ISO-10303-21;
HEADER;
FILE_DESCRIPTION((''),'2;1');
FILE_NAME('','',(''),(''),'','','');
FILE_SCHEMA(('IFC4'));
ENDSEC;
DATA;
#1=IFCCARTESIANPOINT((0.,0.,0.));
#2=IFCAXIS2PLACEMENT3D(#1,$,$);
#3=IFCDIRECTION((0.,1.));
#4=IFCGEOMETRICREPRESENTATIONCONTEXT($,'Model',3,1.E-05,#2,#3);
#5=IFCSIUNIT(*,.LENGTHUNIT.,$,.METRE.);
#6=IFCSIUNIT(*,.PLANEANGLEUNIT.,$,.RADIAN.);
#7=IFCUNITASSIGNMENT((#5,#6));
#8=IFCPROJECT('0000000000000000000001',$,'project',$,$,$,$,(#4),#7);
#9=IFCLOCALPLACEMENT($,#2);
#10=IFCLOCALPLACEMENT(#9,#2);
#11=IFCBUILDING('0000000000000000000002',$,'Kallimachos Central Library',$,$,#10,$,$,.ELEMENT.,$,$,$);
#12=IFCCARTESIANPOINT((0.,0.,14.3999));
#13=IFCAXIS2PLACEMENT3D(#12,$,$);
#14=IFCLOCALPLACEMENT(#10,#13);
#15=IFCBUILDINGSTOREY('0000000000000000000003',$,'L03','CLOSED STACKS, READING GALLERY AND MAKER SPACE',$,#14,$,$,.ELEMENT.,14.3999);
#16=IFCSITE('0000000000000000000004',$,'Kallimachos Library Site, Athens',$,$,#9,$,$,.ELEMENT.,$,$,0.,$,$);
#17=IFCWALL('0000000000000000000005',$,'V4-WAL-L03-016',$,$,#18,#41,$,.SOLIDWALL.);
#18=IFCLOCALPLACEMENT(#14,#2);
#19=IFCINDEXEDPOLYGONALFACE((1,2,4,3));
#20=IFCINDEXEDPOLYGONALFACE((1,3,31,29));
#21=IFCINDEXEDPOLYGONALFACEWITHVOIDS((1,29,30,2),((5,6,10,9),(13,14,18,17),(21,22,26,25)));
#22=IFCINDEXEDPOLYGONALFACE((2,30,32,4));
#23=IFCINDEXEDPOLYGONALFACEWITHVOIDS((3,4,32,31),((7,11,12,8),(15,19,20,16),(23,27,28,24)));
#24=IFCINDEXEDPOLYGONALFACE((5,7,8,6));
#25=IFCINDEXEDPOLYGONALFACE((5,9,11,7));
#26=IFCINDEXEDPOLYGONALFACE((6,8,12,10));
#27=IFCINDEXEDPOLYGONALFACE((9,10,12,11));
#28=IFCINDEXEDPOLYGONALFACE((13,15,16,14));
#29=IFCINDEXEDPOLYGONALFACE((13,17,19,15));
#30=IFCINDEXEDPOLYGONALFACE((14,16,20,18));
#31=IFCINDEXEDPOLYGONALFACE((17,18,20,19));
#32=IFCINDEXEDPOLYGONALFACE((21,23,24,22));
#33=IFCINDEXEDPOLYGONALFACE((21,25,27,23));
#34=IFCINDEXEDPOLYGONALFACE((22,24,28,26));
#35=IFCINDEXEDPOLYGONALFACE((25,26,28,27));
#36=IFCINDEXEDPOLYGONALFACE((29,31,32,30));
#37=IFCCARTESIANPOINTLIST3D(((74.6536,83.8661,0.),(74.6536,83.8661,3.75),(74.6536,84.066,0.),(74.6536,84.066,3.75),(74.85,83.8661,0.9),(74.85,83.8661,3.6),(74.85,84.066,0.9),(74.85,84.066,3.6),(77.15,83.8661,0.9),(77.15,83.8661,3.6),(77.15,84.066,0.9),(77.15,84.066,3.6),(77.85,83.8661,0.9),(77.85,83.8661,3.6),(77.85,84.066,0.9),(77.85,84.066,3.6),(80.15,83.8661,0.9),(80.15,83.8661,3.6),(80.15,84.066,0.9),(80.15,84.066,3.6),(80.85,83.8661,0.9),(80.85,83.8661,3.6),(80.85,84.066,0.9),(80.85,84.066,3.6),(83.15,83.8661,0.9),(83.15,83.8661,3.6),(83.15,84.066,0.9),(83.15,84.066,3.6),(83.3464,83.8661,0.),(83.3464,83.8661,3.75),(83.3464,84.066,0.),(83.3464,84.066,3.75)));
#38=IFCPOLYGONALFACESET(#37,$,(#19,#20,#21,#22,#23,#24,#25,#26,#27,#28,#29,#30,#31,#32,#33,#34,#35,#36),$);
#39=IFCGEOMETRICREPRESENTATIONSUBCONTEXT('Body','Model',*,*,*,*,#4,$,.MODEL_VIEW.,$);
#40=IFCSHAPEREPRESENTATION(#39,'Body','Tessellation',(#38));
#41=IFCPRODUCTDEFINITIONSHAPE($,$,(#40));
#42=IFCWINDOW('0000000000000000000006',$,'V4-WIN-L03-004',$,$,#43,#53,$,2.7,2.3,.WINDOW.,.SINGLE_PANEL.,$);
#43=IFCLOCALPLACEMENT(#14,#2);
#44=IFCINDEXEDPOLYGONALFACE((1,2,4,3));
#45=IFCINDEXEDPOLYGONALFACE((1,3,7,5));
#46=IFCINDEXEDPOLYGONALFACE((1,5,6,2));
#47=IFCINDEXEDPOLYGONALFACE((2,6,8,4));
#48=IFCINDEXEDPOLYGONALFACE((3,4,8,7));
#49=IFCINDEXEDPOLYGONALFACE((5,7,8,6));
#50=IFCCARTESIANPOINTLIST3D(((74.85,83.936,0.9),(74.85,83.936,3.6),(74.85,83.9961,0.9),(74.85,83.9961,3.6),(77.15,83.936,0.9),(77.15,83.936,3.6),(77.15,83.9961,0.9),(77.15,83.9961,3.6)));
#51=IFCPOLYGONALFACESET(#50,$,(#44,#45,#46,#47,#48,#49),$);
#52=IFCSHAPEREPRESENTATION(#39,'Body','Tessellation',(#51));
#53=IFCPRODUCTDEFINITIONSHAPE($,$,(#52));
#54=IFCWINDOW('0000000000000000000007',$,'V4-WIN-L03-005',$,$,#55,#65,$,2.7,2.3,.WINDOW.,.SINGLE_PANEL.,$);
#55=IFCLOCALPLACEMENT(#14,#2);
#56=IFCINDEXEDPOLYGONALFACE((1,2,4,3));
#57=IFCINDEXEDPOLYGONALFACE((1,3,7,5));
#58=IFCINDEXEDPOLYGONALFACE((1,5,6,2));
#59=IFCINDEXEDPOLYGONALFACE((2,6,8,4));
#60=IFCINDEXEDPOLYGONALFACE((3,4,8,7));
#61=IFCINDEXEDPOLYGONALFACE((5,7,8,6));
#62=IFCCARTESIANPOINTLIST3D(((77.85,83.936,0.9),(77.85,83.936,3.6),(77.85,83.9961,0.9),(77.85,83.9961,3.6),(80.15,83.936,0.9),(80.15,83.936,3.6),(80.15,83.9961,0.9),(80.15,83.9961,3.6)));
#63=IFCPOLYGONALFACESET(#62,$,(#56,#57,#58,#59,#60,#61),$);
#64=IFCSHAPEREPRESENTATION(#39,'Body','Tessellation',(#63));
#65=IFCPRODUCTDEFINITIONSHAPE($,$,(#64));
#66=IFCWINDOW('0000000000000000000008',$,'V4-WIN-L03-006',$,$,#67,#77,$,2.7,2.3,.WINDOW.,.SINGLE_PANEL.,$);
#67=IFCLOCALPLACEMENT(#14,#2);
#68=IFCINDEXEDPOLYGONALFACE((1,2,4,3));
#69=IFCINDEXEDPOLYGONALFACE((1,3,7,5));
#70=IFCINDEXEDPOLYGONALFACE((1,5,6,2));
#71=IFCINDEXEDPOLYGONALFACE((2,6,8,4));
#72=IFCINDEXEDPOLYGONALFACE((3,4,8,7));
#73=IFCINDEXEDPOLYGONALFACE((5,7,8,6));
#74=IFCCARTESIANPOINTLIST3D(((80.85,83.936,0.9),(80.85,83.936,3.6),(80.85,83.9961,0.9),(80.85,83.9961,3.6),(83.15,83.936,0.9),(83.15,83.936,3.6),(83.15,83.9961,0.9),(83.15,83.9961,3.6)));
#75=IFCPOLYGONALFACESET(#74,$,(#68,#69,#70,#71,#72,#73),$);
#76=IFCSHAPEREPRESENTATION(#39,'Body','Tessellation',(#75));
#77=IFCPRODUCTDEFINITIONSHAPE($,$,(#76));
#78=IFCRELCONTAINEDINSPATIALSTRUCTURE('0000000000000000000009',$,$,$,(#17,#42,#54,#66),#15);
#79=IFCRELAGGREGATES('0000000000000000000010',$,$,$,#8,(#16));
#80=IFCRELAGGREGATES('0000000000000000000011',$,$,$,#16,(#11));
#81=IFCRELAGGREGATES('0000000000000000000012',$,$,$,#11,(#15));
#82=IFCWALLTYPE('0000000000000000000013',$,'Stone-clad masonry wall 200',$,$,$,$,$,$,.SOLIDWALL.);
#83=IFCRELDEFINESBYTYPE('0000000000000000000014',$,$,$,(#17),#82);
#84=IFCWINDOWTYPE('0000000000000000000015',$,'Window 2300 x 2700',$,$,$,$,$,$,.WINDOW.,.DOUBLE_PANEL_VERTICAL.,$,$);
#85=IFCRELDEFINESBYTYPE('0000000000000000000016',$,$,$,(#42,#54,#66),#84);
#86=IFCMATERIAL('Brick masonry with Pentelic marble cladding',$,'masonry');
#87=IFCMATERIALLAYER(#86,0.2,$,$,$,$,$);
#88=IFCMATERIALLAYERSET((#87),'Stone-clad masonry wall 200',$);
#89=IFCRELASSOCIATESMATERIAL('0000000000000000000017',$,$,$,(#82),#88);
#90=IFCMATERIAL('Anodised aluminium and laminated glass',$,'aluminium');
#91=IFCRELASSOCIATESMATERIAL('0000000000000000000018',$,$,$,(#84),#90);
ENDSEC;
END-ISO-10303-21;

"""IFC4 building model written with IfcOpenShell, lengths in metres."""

from ifc_helpers import new_model, si_unit, direction, frame, frame_2d, origin, place, context, subcontext, project, spatial, rectangle, extrude, material, layer, layer_set, type_object, element, fill, save


model = new_model("IFC4")

# Units and contexts
model_context = context("Model", 3, precision=1e-05, world=origin(), true_north=direction((0.0, 1.0)))
body_context = subcontext(model_context, "Body", "Model", "MODEL_VIEW")
ifc_project = project(units=[si_unit("LENGTHUNIT", "METRE"), si_unit("PLANEANGLEUNIT", "RADIAN")], contexts=[model_context])

# Site, building, storey
site_placement = place(None, origin())
site = spatial("IfcSite", under=ifc_project, at=site_placement, Name="Kallimachos Library Site, Athens", CompositionType="ELEMENT", RefElevation=0.0)
building_placement = place(site_placement, origin())
building = spatial("IfcBuilding", under=site, at=building_placement, Name="Kallimachos Central Library", CompositionType="ELEMENT")
storey_placement = place(building_placement, frame((0.0, 0.0, 14.3999)))
storey = spatial("IfcBuildingStorey", under=building, at=storey_placement, Name="L03", Description="CLOSED STACKS, READING GALLERY AND MAKER SPACE", CompositionType="ELEMENT", Elevation=14.3999)

# Wall, openings, windows
ifc_material_1 = material(Name="Brick masonry with Pentelic marble cladding", Category="masonry")
ifc_layer_1 = layer(ifc_material_1, 0.2)
ifc_layer_set_1 = layer_set([ifc_layer_1], Name="Stone-clad masonry wall 200")
wall_type_1 = type_object("IfcWallType", Name="Stone-clad masonry wall 200", PredefinedType="SOLIDWALL", material=ifc_layer_set_1)
wall_1_placement = place(storey_placement, frame((74.6536, 83.9661, 0.0), z_axis=(0.0, 0.0, 1.0), x_axis=(1.0, 0.0, 0.0)))
wall_1 = element("IfcWall", 1, at=wall_1_placement, inside=storey, type_object=wall_type_1, Name="V4-WAL-L03-016", PredefinedType="SOLIDWALL", context=body_context, shape_type="SweptSolid", body=[
    extrude(rectangle(XDim=8.6929, YDim=0.2, at=frame_2d((4.3464, 0.0))), origin(), (0.0, 0.0, 1.0), 3.75),
])
opening_1_placement = place(wall_1_placement, frame((0.1965, 0.0, 0.8999)))
opening_1 = element("IfcOpeningElement", 2, at=opening_1_placement, cuts=wall_1, PredefinedType="OPENING", context=body_context, shape_type="SweptSolid", body=[
    extrude(rectangle(XDim=2.3, YDim=2.7, at=frame_2d((1.1499, 1.3501))), frame((0.0, 0.1099, 0.0), z_axis=(0.0, -1.0, 0.0), x_axis=(1.0, 0.0, 0.0)), (0.0, 0.0, 1.0), 0.22),
])
opening_2_placement = place(wall_1_placement, frame((3.1965, 0.0, 0.8999)))
opening_2 = element("IfcOpeningElement", 3, at=opening_2_placement, cuts=wall_1, PredefinedType="OPENING", context=body_context, shape_type="SweptSolid", body=[
    extrude(rectangle(XDim=2.3, YDim=2.7, at=frame_2d((1.1499, 1.3501))), frame((0.0, 0.1099, 0.0), z_axis=(0.0, -1.0, 0.0), x_axis=(1.0, 0.0, 0.0)), (0.0, 0.0, 1.0), 0.22),
])
opening_3_placement = place(wall_1_placement, frame((6.1965, 0.0, 0.8999)))
opening_3 = element("IfcOpeningElement", 4, at=opening_3_placement, cuts=wall_1, PredefinedType="OPENING", context=body_context, shape_type="SweptSolid", body=[
    extrude(rectangle(XDim=2.3, YDim=2.7, at=frame_2d((1.1499, 1.3501))), frame((0.0, 0.1099, 0.0), z_axis=(0.0, -1.0, 0.0), x_axis=(1.0, 0.0, 0.0)), (0.0, 0.0, 1.0), 0.22),
])
ifc_material_2 = material(Name="Anodised aluminium and laminated glass", Category="aluminium")
window_type = type_object("IfcWindowType", Name="Window 2300 x 2700", PartitioningType="DOUBLE_PANEL_VERTICAL", PredefinedType="WINDOW", material=ifc_material_2)
window_1_placement = place(opening_1_placement, origin())
window_1 = element("IfcWindow", 5, at=window_1_placement, inside=storey, type_object=window_type, Name="V4-WIN-L03-004", OverallHeight=2.7, OverallWidth=2.3, PartitioningType="SINGLE_PANEL", PredefinedType="WINDOW", context=body_context, shape_type="SweptSolid", body=[
    extrude(rectangle(XDim=2.3, YDim=2.7, at=frame_2d((1.1499, 1.3501))), frame((0.0, 0.03, 0.0), z_axis=(0.0, -1.0, 0.0), x_axis=(1.0, 0.0, 0.0)), (0.0, 0.0, 1.0), 0.0601),
])
fill(opening_1, window_1)
window_2_placement = place(opening_2_placement, origin())
window_2 = element("IfcWindow", 6, at=window_2_placement, inside=storey, type_object=window_type, Name="V4-WIN-L03-005", OverallHeight=2.7, OverallWidth=2.3, PartitioningType="SINGLE_PANEL", PredefinedType="WINDOW", context=body_context, shape_type="SweptSolid", body=[
    extrude(rectangle(XDim=2.3, YDim=2.7, at=frame_2d((1.1499, 1.3501))), frame((0.0, 0.03, 0.0), z_axis=(0.0, -1.0, 0.0), x_axis=(1.0, 0.0, 0.0)), (0.0, 0.0, 1.0), 0.0601),
])
fill(opening_2, window_2)
window_3_placement = place(opening_3_placement, origin())
window_3 = element("IfcWindow", 7, at=window_3_placement, inside=storey, type_object=window_type, Name="V4-WIN-L03-006", OverallHeight=2.7, OverallWidth=2.3, PartitioningType="SINGLE_PANEL", PredefinedType="WINDOW", context=body_context, shape_type="SweptSolid", body=[
    extrude(rectangle(XDim=2.3, YDim=2.7, at=frame_2d((1.1499, 1.3501))), frame((0.0, 0.03, 0.0), z_axis=(0.0, -1.0, 0.0), x_axis=(1.0, 0.0, 0.0)), (0.0, 0.0, 1.0), 0.0601),
])
fill(opening_3, window_3)

save(model, "model.ifc")
